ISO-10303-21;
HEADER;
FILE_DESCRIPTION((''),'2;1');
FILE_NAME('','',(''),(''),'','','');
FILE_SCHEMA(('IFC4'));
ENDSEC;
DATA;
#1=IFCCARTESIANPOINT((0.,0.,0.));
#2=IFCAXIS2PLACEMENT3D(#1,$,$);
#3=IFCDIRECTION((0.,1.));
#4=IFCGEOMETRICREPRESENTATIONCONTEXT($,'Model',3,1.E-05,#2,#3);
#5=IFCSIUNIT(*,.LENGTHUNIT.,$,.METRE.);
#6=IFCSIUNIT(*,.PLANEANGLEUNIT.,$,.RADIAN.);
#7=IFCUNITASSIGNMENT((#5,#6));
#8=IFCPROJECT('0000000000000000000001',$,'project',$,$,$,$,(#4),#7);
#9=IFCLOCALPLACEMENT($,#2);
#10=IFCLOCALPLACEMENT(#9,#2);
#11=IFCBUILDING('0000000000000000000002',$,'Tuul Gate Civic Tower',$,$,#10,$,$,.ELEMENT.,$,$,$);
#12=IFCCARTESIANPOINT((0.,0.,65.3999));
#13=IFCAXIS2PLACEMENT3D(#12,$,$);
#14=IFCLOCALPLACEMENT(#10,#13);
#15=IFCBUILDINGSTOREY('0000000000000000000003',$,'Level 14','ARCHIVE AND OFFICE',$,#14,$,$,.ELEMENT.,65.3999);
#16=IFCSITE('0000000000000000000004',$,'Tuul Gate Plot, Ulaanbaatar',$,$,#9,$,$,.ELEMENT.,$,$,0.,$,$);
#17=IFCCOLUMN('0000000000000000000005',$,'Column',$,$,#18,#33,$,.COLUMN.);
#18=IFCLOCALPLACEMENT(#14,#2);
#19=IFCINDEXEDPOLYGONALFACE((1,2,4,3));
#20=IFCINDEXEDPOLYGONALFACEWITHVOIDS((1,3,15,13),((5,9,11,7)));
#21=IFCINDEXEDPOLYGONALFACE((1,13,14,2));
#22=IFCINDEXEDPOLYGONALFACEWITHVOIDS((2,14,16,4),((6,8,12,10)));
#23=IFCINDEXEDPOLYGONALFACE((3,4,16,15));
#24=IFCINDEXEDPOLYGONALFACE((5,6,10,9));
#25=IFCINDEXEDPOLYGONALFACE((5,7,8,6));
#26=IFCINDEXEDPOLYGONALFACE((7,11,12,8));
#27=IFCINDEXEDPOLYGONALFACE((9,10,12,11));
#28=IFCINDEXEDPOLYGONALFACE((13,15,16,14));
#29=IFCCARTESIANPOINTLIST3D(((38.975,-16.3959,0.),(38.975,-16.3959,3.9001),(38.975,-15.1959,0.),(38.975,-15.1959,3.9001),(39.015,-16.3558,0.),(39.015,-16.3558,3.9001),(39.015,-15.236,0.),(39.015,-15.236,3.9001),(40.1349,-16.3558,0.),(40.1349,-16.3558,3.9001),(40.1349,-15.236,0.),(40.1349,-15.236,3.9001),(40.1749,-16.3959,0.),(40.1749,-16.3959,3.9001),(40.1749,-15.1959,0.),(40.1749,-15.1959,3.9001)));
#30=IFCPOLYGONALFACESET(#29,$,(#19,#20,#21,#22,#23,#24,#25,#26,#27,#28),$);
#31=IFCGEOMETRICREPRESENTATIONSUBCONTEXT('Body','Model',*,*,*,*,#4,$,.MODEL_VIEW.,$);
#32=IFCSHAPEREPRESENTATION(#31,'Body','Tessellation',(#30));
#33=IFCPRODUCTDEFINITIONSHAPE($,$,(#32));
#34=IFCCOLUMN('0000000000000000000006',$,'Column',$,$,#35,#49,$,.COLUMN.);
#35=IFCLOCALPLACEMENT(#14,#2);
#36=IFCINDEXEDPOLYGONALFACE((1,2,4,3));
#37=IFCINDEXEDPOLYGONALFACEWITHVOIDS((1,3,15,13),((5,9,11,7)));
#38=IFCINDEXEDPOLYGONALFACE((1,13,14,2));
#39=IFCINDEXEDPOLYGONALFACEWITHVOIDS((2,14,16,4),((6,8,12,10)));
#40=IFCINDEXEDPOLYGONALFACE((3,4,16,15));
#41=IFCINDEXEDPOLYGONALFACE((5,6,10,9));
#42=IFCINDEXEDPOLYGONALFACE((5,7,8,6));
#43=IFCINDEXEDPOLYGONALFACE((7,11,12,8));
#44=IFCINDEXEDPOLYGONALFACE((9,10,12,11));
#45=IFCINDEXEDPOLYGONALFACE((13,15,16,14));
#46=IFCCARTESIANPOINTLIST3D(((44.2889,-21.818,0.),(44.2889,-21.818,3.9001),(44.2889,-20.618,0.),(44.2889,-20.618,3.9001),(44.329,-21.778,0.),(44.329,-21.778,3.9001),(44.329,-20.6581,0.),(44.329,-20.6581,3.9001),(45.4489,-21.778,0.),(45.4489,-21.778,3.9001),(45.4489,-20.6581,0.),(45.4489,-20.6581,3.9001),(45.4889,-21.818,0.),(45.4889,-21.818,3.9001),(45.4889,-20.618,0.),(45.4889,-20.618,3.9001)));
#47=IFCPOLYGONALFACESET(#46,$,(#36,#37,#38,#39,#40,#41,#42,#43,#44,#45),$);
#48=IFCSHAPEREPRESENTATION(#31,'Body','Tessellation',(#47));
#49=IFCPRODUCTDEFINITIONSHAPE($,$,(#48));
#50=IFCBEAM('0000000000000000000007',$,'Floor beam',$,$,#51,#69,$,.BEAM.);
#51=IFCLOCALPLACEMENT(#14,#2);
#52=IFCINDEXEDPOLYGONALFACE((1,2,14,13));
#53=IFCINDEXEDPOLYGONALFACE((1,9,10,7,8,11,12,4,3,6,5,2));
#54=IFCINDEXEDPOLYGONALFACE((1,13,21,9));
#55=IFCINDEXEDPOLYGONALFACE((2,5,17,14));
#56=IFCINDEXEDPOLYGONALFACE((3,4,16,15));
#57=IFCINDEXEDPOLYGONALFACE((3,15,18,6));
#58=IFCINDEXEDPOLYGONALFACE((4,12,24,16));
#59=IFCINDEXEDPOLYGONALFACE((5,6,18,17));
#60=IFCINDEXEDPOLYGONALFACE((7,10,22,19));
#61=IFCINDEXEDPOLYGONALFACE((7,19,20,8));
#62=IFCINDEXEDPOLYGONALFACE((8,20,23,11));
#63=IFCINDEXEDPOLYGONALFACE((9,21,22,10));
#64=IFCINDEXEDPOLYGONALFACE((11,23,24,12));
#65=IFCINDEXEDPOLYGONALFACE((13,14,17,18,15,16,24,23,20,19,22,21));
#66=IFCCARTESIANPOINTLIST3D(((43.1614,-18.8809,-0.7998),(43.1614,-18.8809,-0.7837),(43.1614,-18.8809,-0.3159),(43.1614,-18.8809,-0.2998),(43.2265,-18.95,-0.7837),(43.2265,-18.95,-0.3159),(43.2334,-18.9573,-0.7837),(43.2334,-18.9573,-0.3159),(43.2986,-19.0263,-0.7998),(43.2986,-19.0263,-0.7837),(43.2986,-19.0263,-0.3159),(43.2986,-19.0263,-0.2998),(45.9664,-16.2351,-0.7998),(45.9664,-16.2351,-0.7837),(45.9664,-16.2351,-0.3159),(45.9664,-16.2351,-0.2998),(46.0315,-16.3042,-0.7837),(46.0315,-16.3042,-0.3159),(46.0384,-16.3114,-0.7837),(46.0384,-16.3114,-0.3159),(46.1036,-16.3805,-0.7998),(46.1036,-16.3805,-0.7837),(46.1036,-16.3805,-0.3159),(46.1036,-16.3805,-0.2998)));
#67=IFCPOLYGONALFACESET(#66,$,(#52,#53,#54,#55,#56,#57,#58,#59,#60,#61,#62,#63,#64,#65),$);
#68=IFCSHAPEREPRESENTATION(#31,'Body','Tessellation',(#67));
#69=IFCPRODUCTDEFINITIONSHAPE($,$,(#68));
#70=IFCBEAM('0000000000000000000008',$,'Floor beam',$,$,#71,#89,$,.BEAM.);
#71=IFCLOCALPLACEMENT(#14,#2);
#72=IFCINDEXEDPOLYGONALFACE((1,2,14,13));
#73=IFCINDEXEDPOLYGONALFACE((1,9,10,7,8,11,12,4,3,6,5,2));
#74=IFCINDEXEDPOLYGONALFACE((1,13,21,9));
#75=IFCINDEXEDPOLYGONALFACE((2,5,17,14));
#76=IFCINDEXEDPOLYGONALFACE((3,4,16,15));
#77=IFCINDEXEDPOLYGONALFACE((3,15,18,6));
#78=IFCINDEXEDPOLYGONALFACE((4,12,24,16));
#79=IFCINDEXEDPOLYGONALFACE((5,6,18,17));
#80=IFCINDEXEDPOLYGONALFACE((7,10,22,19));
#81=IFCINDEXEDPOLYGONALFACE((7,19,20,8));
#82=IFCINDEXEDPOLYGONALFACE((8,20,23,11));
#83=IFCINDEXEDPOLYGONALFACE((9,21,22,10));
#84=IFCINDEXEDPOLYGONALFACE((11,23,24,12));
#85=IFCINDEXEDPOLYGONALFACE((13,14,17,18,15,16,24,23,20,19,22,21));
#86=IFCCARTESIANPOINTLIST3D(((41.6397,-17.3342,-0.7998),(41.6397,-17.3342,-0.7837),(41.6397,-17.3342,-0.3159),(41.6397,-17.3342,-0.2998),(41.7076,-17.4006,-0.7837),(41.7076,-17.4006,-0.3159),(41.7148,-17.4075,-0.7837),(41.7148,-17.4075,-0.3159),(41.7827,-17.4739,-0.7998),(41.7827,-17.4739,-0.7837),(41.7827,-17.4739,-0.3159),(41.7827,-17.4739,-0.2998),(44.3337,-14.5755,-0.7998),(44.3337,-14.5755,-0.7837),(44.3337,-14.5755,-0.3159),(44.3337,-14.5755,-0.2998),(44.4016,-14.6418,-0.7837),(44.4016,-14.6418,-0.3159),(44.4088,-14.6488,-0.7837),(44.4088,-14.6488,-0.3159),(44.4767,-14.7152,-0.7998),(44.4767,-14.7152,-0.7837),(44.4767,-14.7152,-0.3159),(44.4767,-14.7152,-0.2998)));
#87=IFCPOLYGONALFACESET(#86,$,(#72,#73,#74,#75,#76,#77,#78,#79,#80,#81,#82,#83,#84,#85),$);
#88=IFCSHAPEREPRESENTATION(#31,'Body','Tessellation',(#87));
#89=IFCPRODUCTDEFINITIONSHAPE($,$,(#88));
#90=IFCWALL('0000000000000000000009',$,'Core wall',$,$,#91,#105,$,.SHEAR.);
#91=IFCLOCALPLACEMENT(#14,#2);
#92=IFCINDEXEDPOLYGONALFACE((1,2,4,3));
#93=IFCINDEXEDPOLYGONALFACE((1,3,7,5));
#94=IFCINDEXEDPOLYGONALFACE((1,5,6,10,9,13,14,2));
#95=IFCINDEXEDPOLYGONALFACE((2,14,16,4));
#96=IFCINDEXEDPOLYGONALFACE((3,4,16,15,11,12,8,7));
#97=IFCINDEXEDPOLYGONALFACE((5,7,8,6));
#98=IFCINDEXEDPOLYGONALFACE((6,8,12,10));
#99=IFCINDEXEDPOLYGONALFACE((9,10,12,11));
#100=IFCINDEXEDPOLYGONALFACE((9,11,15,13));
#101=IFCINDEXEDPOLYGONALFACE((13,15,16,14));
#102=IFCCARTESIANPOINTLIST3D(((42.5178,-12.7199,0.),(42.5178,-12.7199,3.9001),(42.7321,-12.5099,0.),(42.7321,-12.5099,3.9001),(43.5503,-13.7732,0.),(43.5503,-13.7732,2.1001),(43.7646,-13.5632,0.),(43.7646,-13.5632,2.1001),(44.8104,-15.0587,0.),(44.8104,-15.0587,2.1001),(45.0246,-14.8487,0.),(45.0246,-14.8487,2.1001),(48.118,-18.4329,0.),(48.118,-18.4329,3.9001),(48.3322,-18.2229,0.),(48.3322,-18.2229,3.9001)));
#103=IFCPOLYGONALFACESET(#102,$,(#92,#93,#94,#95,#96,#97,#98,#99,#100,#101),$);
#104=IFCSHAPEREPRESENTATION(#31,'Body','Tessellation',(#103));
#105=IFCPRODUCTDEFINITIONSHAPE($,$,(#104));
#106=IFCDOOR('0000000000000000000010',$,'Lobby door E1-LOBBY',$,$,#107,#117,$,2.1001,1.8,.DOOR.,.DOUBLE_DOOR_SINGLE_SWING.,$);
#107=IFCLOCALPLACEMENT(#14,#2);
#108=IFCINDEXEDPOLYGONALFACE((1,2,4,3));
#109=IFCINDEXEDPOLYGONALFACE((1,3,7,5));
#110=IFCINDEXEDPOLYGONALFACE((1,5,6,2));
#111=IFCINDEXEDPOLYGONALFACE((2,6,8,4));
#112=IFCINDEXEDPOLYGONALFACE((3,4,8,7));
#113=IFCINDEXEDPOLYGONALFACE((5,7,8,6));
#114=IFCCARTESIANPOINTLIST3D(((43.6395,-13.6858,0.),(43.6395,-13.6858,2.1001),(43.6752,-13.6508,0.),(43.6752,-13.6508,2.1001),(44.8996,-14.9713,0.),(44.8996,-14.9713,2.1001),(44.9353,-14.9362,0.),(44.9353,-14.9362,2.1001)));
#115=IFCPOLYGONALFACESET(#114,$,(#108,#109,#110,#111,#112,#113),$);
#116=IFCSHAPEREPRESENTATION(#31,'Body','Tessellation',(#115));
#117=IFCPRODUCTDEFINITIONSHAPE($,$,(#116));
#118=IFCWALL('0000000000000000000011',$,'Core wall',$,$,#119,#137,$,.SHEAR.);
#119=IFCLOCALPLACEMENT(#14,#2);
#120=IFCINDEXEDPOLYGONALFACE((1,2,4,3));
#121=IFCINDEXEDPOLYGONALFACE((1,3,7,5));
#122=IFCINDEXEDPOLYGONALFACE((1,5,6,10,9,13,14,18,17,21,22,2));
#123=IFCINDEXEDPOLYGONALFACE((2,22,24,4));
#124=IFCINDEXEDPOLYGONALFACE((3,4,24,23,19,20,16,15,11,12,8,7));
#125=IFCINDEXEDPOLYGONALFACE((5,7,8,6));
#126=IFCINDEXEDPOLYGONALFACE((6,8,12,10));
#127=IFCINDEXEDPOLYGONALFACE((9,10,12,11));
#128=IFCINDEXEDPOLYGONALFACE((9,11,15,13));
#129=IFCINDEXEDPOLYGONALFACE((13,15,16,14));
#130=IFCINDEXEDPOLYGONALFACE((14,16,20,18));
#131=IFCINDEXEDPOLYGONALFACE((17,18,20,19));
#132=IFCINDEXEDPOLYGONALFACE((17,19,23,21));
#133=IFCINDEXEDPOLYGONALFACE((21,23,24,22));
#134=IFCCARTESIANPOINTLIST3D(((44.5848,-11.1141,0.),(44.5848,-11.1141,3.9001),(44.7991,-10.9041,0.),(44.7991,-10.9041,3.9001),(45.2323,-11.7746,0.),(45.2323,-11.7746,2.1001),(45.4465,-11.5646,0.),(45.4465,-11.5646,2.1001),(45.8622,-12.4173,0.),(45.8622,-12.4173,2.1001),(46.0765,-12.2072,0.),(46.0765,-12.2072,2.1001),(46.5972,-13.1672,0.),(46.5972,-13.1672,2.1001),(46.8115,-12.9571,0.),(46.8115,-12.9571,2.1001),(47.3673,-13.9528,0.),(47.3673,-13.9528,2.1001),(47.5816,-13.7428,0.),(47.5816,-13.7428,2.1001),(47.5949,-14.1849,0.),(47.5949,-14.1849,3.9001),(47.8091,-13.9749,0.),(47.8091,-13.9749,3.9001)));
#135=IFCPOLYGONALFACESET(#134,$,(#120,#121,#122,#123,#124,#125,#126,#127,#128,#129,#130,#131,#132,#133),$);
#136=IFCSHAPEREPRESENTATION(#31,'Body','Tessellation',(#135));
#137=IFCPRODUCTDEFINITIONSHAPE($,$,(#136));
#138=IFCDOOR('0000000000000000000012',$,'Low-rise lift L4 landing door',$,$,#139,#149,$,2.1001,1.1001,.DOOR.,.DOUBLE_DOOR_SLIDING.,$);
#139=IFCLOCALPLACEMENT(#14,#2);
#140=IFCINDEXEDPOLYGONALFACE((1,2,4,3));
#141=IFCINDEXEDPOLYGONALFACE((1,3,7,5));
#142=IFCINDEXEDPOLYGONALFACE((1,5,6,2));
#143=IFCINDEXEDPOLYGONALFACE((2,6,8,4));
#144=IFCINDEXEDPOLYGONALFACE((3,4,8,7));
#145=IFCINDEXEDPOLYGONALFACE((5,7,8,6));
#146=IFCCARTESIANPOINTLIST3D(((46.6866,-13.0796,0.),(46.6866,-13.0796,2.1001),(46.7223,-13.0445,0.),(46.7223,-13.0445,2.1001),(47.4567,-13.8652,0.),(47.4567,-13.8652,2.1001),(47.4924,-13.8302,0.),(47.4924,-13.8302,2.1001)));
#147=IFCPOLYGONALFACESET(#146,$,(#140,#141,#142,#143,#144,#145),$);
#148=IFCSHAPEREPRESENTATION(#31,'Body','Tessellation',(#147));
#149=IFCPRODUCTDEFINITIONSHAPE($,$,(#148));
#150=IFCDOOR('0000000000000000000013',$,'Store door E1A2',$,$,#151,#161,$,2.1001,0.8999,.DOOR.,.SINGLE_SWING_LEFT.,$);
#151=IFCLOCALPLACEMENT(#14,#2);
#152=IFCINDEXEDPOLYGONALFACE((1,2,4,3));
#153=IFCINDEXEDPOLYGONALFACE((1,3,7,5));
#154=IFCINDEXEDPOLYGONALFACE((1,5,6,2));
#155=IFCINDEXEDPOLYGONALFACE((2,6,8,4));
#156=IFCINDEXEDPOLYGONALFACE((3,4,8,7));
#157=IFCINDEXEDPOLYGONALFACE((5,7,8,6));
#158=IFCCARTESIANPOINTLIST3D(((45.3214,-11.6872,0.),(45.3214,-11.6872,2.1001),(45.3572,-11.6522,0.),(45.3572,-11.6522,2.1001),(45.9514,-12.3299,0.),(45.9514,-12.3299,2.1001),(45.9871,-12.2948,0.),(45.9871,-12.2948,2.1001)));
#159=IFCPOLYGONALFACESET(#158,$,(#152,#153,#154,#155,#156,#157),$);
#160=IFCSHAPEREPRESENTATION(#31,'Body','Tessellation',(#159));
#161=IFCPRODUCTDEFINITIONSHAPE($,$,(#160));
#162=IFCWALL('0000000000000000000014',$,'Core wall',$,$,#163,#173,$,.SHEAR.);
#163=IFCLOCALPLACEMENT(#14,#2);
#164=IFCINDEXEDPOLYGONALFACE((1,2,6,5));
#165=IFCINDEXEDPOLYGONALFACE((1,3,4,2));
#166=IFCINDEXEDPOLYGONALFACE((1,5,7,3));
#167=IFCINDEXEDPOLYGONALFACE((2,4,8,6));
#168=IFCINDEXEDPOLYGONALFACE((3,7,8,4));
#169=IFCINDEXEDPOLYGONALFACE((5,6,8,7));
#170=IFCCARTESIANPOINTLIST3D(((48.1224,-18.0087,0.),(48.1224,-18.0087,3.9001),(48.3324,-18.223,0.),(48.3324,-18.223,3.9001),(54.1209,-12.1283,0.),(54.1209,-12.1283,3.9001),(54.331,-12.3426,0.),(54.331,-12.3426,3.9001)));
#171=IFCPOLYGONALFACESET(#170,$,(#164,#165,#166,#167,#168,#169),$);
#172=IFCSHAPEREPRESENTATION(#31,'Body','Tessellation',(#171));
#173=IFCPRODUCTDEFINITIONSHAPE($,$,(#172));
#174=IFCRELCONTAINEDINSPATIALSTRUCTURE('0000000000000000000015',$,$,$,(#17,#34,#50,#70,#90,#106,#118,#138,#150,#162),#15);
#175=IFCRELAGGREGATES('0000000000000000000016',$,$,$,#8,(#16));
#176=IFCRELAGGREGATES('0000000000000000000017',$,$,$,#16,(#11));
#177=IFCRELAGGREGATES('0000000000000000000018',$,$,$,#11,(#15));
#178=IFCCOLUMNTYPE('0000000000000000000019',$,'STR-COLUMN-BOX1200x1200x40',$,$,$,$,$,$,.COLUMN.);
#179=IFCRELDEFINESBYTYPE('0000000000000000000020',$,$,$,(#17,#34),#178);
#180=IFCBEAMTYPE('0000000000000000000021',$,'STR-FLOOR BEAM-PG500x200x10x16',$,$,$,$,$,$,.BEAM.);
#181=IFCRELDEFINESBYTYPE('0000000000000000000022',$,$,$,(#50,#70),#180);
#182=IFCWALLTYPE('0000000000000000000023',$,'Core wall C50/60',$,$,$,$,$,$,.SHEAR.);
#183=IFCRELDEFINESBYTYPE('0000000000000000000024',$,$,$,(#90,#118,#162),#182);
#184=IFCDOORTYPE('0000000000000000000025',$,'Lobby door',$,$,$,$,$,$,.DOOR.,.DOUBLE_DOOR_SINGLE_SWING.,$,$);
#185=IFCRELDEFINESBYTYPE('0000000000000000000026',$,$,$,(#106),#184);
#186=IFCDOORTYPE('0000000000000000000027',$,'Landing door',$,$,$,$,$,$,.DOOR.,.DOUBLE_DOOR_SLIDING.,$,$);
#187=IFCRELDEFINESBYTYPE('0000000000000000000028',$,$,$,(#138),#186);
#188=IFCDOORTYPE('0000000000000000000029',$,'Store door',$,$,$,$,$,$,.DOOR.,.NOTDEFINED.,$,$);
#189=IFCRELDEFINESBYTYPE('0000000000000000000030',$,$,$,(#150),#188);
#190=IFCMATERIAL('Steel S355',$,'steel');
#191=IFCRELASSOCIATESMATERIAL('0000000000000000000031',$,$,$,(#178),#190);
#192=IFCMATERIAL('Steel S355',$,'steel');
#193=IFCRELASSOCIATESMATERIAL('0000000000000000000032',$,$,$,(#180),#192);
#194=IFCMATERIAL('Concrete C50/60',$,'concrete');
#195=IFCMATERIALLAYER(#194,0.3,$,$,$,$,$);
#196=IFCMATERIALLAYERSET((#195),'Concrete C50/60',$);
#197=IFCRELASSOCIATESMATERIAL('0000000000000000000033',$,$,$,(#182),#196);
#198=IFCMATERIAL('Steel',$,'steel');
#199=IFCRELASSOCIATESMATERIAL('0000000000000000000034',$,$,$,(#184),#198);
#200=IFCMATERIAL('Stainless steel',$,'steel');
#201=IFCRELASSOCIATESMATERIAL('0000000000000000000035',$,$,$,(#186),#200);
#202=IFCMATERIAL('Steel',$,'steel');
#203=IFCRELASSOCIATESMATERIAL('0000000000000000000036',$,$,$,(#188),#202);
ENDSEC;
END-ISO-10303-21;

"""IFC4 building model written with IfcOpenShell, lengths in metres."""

from ifc_helpers import new_model, si_unit, direction, frame, frame_2d, origin, origin_2d, place, context, subcontext, project, spatial, rectangle, hollow_rectangle, i_section, extrude, material, layer, layer_set, material_profile, profile_set, type_object, element, fill, save


model = new_model("IFC4")

# Units and contexts
model_context = context("Model", 3, precision=1e-05, world=origin(), true_north=direction((0.0, 1.0)))
body_context = subcontext(model_context, "Body", "Model", "MODEL_VIEW")
ifc_project = project(units=[si_unit("LENGTHUNIT", "METRE"), si_unit("PLANEANGLEUNIT", "RADIAN")], contexts=[model_context])

# Site, building, storey
site_placement = place(None, origin())
site = spatial("IfcSite", under=ifc_project, at=site_placement, Name="Tuul Gate Plot, Ulaanbaatar", CompositionType="ELEMENT", RefElevation=0.0)
building_placement = place(site_placement, origin())
building = spatial("IfcBuilding", under=site, at=building_placement, Name="Tuul Gate Civic Tower", CompositionType="ELEMENT")
storey_placement = place(building_placement, frame((0.0, 0.0, 65.3999)))
storey = spatial("IfcBuildingStorey", under=building, at=storey_placement, Name="Level 14", Description="ARCHIVE AND OFFICE", CompositionType="ELEMENT", Elevation=65.3999)

# Columns
ifc_material_1 = material(Name="Steel S355", Category="steel")
ifc_material_profile_1 = material_profile(ifc_material_1, hollow_rectangle(XDim=1.2, YDim=1.2, WallThickness=0.04, at=origin_2d()), Name="BOX1200x1200x40")
ifc_profile_set_1 = profile_set([ifc_material_profile_1], Name="Steel S355")
column_type = type_object("IfcColumnType", Name="STR-COLUMN-BOX1200x1200x40", PredefinedType="COLUMN", material=ifc_profile_set_1)
for number, where, z_axis, x_axis, name in (
    (1, (39.575, -15.7959, 0.0), (0.0, 0.0, 1.0), (1.0, 0.0, 0.0), "Column"),
    (2, (44.8889, -21.218, 0.0), (0.0, 0.0, 1.0), (1.0, 0.0, 0.0), "Column"),
):
    element("IfcColumn", number, at=place(storey_placement, frame(where, z_axis=z_axis, x_axis=x_axis)), inside=storey, type_object=column_type, Name=name, PredefinedType="COLUMN", context=body_context, shape_type="SweptSolid", body=[
        extrude(hollow_rectangle(XDim=1.2, YDim=1.2, WallThickness=0.04, at=origin_2d()), origin(), (0.0, 0.0, 1.0), 3.9001),
    ])

# Beams
ifc_material_2 = material(Name="Steel S355", Category="steel")
ifc_material_profile_2 = material_profile(ifc_material_2, i_section(OverallWidth=0.2, OverallDepth=0.5, WebThickness=0.01, FlangeThickness=0.0161, at=origin_2d()), Name="PG500x200x10x16")
ifc_profile_set_2 = profile_set([ifc_material_profile_2], Name="Steel S355")
beam_type = type_object("IfcBeamType", Name="STR-FLOOR BEAM-PG500x200x10x16", PredefinedType="BEAM", material=ifc_profile_set_2)
for number, where, z_axis, x_axis, name in (
    (3, (43.23, -18.9536, -0.5498), (0.727447, 0.686164, 0.0), (-0.686164, 0.727447, 0.0), "Floor beam"),
    (4, (41.7112, -17.4041, -0.5498), (0.698668, 0.715446, 0.0), (-0.715446, 0.698668, 0.0), "Floor beam"),
):
    element("IfcBeam", number, at=place(storey_placement, frame(where, z_axis=z_axis, x_axis=x_axis)), inside=storey, type_object=beam_type, Name=name, PredefinedType="BEAM", context=body_context, shape_type="SweptSolid", body=[
        extrude(i_section(OverallWidth=0.2, OverallDepth=0.5, WebThickness=0.01, FlangeThickness=0.0161, at=origin_2d()), origin(), (0.0, 0.0, 1.0), 3.856),
    ])

# Wall, opening, door
ifc_material_3 = material(Name="Concrete C50/60", Category="concrete")
ifc_layer_1 = layer(ifc_material_3, 0.3)
ifc_layer_set_1 = layer_set([ifc_layer_1], Name="Concrete C50/60")
wall_type_1 = type_object("IfcWallType", Name="Core wall C50/60", PredefinedType="SHEAR", material=ifc_layer_set_1)
wall_1_placement = place(storey_placement, frame((48.2251, -18.3279, 0.0), z_axis=(0.0, 0.0, 1.0), x_axis=(-0.700022, 0.714121, 0.0)))
wall_1 = element("IfcWall", 5, at=wall_1_placement, inside=storey, type_object=wall_type_1, Name="Core wall", PredefinedType="SHEAR", context=body_context, shape_type="SweptSolid", body=[
    extrude(rectangle(XDim=8.0, YDim=0.3, at=frame_2d((4.0, 0.0))), origin(), (0.0, 0.0, 1.0), 3.9001),
])
opening_1_placement = place(wall_1_placement, frame((4.7251, 0.0, 0.0)))
opening_1 = element("IfcOpeningElement", 6, at=opening_1_placement, cuts=wall_1, PredefinedType="OPENING", context=body_context, shape_type="SweptSolid", body=[
    extrude(rectangle(XDim=1.8, YDim=2.1001, at=frame_2d((0.8999, 1.05))), frame((0.0, 0.1602, 0.0), z_axis=(0.0, -1.0, 0.0), x_axis=(1.0, 0.0, 0.0)), (0.0, 0.0, 1.0), 0.3201),
])
ifc_material_4 = material(Name="Steel", Category="steel")
door_type_1 = type_object("IfcDoorType", Name="Lobby door", OperationType="DOUBLE_DOOR_SINGLE_SWING", PredefinedType="DOOR", material=ifc_material_4)
door_1_placement = place(opening_1_placement, frame((1.8, 0.0, 0.0), z_axis=(0.0, 0.0, 1.0), x_axis=(-1.0, 0.0, 0.0)))
door_1 = element("IfcDoor", 7, at=door_1_placement, inside=storey, type_object=door_type_1, Name="Lobby door E1-LOBBY", OperationType="DOUBLE_DOOR_SINGLE_SWING", OverallHeight=2.1001, OverallWidth=1.8, PredefinedType="DOOR", context=body_context, shape_type="SweptSolid", body=[
    extrude(rectangle(XDim=1.8, YDim=2.1001, at=frame_2d((0.9001, 1.05))), frame((0.0, 0.0249, 0.0), z_axis=(0.0, -1.0, 0.0), x_axis=(1.0, 0.0, 0.0)), (0.0, 0.0, 1.0), 0.05),
])
fill(opening_1, door_1)

# Wall, openings, doors
wall_2_placement = place(storey_placement, frame((47.7019, -14.0798, 0.0), z_axis=(0.0, 0.0, 1.0), x_axis=(-0.700003, 0.71414, 0.0)))
wall_2 = element("IfcWall", 8, at=wall_2_placement, inside=storey, type_object=wall_type_1, Name="Core wall", PredefinedType="SHEAR", context=body_context, shape_type="SweptSolid", body=[
    extrude(rectangle(XDim=4.3, YDim=0.3, at=frame_2d((2.1499, 0.0))), origin(), (0.0, 0.0, 1.0), 3.9001),
])
opening_2_placement = place(wall_2_placement, frame((0.325, 0.0, 0.0)))
opening_2 = element("IfcOpeningElement", 9, at=opening_2_placement, cuts=wall_2, PredefinedType="OPENING", context=body_context, shape_type="SweptSolid", body=[
    extrude(rectangle(XDim=1.1001, YDim=2.1001, at=frame_2d((0.55, 1.05))), frame((0.0, 0.1602, 0.0), z_axis=(0.0, -1.0, 0.0), x_axis=(1.0, 0.0, 0.0)), (0.0, 0.0, 1.0), 0.3201),
])
opening_3_placement = place(wall_2_placement, frame((2.4751, 0.0, 0.0)))
opening_3 = element("IfcOpeningElement", 10, at=opening_3_placement, cuts=wall_2, PredefinedType="OPENING", context=body_context, shape_type="SweptSolid", body=[
    extrude(rectangle(XDim=0.8999, YDim=2.1001, at=frame_2d((0.45, 1.05))), frame((0.0, 0.1602, 0.0), z_axis=(0.0, -1.0, 0.0), x_axis=(1.0, 0.0, 0.0)), (0.0, 0.0, 1.0), 0.3201),
])
ifc_material_5 = material(Name="Stainless steel", Category="steel")
door_type_2 = type_object("IfcDoorType", Name="Landing door", OperationType="DOUBLE_DOOR_SLIDING", PredefinedType="DOOR", material=ifc_material_5)
door_2_placement = place(opening_2_placement, origin())
door_2 = element("IfcDoor", 11, at=door_2_placement, inside=storey, type_object=door_type_2, Name="Low-rise lift L4 landing door", OperationType="DOUBLE_DOOR_SLIDING", OverallHeight=2.1001, OverallWidth=1.1001, PredefinedType="DOOR", context=body_context, shape_type="SweptSolid", body=[
    extrude(rectangle(XDim=1.1001, YDim=2.1001, at=frame_2d((0.55, 1.05))), frame((0.0, 0.0249, 0.0), z_axis=(0.0, -1.0, 0.0), x_axis=(1.0, 0.0, 0.0)), (0.0, 0.0, 1.0), 0.05),
])
fill(opening_2, door_2)
ifc_material_6 = material(Name="Steel", Category="steel")
door_type_3 = type_object("IfcDoorType", Name="Store door", OperationType="NOTDEFINED", PredefinedType="DOOR", material=ifc_material_6)
door_3_placement = place(opening_3_placement, frame((0.8999, 0.0, 0.0), z_axis=(0.0, 0.0, 1.0), x_axis=(-1.0, 0.0, 0.0)))
door_3 = element("IfcDoor", 12, at=door_3_placement, inside=storey, type_object=door_type_3, Name="Store door E1A2", OperationType="SINGLE_SWING_LEFT", OverallHeight=2.1001, OverallWidth=0.8999, PredefinedType="DOOR", context=body_context, shape_type="SweptSolid", body=[
    extrude(rectangle(XDim=0.8999, YDim=2.1001, at=frame_2d((0.45, 1.05))), frame((0.0, 0.0249, 0.0), z_axis=(0.0, -1.0, 0.0), x_axis=(1.0, 0.0, 0.0)), (0.0, 0.0, 1.0), 0.05),
])
fill(opening_3, door_3)

# Wall
wall_3_placement = place(storey_placement, frame((48.2273, -18.116, 0.0), z_axis=(0.0, 0.0, 1.0), x_axis=(0.714105, 0.700038, 0.0)))
element("IfcWall", 13, at=wall_3_placement, inside=storey, type_object=wall_type_1, Name="Core wall", PredefinedType="SHEAR", context=body_context, shape_type="SweptSolid", body=[
    extrude(rectangle(XDim=8.4001, YDim=0.3, at=frame_2d((4.2002, 0.0))), origin(), (0.0, 0.0, 1.0), 3.9001),
])

save(model, "model.ifc")
